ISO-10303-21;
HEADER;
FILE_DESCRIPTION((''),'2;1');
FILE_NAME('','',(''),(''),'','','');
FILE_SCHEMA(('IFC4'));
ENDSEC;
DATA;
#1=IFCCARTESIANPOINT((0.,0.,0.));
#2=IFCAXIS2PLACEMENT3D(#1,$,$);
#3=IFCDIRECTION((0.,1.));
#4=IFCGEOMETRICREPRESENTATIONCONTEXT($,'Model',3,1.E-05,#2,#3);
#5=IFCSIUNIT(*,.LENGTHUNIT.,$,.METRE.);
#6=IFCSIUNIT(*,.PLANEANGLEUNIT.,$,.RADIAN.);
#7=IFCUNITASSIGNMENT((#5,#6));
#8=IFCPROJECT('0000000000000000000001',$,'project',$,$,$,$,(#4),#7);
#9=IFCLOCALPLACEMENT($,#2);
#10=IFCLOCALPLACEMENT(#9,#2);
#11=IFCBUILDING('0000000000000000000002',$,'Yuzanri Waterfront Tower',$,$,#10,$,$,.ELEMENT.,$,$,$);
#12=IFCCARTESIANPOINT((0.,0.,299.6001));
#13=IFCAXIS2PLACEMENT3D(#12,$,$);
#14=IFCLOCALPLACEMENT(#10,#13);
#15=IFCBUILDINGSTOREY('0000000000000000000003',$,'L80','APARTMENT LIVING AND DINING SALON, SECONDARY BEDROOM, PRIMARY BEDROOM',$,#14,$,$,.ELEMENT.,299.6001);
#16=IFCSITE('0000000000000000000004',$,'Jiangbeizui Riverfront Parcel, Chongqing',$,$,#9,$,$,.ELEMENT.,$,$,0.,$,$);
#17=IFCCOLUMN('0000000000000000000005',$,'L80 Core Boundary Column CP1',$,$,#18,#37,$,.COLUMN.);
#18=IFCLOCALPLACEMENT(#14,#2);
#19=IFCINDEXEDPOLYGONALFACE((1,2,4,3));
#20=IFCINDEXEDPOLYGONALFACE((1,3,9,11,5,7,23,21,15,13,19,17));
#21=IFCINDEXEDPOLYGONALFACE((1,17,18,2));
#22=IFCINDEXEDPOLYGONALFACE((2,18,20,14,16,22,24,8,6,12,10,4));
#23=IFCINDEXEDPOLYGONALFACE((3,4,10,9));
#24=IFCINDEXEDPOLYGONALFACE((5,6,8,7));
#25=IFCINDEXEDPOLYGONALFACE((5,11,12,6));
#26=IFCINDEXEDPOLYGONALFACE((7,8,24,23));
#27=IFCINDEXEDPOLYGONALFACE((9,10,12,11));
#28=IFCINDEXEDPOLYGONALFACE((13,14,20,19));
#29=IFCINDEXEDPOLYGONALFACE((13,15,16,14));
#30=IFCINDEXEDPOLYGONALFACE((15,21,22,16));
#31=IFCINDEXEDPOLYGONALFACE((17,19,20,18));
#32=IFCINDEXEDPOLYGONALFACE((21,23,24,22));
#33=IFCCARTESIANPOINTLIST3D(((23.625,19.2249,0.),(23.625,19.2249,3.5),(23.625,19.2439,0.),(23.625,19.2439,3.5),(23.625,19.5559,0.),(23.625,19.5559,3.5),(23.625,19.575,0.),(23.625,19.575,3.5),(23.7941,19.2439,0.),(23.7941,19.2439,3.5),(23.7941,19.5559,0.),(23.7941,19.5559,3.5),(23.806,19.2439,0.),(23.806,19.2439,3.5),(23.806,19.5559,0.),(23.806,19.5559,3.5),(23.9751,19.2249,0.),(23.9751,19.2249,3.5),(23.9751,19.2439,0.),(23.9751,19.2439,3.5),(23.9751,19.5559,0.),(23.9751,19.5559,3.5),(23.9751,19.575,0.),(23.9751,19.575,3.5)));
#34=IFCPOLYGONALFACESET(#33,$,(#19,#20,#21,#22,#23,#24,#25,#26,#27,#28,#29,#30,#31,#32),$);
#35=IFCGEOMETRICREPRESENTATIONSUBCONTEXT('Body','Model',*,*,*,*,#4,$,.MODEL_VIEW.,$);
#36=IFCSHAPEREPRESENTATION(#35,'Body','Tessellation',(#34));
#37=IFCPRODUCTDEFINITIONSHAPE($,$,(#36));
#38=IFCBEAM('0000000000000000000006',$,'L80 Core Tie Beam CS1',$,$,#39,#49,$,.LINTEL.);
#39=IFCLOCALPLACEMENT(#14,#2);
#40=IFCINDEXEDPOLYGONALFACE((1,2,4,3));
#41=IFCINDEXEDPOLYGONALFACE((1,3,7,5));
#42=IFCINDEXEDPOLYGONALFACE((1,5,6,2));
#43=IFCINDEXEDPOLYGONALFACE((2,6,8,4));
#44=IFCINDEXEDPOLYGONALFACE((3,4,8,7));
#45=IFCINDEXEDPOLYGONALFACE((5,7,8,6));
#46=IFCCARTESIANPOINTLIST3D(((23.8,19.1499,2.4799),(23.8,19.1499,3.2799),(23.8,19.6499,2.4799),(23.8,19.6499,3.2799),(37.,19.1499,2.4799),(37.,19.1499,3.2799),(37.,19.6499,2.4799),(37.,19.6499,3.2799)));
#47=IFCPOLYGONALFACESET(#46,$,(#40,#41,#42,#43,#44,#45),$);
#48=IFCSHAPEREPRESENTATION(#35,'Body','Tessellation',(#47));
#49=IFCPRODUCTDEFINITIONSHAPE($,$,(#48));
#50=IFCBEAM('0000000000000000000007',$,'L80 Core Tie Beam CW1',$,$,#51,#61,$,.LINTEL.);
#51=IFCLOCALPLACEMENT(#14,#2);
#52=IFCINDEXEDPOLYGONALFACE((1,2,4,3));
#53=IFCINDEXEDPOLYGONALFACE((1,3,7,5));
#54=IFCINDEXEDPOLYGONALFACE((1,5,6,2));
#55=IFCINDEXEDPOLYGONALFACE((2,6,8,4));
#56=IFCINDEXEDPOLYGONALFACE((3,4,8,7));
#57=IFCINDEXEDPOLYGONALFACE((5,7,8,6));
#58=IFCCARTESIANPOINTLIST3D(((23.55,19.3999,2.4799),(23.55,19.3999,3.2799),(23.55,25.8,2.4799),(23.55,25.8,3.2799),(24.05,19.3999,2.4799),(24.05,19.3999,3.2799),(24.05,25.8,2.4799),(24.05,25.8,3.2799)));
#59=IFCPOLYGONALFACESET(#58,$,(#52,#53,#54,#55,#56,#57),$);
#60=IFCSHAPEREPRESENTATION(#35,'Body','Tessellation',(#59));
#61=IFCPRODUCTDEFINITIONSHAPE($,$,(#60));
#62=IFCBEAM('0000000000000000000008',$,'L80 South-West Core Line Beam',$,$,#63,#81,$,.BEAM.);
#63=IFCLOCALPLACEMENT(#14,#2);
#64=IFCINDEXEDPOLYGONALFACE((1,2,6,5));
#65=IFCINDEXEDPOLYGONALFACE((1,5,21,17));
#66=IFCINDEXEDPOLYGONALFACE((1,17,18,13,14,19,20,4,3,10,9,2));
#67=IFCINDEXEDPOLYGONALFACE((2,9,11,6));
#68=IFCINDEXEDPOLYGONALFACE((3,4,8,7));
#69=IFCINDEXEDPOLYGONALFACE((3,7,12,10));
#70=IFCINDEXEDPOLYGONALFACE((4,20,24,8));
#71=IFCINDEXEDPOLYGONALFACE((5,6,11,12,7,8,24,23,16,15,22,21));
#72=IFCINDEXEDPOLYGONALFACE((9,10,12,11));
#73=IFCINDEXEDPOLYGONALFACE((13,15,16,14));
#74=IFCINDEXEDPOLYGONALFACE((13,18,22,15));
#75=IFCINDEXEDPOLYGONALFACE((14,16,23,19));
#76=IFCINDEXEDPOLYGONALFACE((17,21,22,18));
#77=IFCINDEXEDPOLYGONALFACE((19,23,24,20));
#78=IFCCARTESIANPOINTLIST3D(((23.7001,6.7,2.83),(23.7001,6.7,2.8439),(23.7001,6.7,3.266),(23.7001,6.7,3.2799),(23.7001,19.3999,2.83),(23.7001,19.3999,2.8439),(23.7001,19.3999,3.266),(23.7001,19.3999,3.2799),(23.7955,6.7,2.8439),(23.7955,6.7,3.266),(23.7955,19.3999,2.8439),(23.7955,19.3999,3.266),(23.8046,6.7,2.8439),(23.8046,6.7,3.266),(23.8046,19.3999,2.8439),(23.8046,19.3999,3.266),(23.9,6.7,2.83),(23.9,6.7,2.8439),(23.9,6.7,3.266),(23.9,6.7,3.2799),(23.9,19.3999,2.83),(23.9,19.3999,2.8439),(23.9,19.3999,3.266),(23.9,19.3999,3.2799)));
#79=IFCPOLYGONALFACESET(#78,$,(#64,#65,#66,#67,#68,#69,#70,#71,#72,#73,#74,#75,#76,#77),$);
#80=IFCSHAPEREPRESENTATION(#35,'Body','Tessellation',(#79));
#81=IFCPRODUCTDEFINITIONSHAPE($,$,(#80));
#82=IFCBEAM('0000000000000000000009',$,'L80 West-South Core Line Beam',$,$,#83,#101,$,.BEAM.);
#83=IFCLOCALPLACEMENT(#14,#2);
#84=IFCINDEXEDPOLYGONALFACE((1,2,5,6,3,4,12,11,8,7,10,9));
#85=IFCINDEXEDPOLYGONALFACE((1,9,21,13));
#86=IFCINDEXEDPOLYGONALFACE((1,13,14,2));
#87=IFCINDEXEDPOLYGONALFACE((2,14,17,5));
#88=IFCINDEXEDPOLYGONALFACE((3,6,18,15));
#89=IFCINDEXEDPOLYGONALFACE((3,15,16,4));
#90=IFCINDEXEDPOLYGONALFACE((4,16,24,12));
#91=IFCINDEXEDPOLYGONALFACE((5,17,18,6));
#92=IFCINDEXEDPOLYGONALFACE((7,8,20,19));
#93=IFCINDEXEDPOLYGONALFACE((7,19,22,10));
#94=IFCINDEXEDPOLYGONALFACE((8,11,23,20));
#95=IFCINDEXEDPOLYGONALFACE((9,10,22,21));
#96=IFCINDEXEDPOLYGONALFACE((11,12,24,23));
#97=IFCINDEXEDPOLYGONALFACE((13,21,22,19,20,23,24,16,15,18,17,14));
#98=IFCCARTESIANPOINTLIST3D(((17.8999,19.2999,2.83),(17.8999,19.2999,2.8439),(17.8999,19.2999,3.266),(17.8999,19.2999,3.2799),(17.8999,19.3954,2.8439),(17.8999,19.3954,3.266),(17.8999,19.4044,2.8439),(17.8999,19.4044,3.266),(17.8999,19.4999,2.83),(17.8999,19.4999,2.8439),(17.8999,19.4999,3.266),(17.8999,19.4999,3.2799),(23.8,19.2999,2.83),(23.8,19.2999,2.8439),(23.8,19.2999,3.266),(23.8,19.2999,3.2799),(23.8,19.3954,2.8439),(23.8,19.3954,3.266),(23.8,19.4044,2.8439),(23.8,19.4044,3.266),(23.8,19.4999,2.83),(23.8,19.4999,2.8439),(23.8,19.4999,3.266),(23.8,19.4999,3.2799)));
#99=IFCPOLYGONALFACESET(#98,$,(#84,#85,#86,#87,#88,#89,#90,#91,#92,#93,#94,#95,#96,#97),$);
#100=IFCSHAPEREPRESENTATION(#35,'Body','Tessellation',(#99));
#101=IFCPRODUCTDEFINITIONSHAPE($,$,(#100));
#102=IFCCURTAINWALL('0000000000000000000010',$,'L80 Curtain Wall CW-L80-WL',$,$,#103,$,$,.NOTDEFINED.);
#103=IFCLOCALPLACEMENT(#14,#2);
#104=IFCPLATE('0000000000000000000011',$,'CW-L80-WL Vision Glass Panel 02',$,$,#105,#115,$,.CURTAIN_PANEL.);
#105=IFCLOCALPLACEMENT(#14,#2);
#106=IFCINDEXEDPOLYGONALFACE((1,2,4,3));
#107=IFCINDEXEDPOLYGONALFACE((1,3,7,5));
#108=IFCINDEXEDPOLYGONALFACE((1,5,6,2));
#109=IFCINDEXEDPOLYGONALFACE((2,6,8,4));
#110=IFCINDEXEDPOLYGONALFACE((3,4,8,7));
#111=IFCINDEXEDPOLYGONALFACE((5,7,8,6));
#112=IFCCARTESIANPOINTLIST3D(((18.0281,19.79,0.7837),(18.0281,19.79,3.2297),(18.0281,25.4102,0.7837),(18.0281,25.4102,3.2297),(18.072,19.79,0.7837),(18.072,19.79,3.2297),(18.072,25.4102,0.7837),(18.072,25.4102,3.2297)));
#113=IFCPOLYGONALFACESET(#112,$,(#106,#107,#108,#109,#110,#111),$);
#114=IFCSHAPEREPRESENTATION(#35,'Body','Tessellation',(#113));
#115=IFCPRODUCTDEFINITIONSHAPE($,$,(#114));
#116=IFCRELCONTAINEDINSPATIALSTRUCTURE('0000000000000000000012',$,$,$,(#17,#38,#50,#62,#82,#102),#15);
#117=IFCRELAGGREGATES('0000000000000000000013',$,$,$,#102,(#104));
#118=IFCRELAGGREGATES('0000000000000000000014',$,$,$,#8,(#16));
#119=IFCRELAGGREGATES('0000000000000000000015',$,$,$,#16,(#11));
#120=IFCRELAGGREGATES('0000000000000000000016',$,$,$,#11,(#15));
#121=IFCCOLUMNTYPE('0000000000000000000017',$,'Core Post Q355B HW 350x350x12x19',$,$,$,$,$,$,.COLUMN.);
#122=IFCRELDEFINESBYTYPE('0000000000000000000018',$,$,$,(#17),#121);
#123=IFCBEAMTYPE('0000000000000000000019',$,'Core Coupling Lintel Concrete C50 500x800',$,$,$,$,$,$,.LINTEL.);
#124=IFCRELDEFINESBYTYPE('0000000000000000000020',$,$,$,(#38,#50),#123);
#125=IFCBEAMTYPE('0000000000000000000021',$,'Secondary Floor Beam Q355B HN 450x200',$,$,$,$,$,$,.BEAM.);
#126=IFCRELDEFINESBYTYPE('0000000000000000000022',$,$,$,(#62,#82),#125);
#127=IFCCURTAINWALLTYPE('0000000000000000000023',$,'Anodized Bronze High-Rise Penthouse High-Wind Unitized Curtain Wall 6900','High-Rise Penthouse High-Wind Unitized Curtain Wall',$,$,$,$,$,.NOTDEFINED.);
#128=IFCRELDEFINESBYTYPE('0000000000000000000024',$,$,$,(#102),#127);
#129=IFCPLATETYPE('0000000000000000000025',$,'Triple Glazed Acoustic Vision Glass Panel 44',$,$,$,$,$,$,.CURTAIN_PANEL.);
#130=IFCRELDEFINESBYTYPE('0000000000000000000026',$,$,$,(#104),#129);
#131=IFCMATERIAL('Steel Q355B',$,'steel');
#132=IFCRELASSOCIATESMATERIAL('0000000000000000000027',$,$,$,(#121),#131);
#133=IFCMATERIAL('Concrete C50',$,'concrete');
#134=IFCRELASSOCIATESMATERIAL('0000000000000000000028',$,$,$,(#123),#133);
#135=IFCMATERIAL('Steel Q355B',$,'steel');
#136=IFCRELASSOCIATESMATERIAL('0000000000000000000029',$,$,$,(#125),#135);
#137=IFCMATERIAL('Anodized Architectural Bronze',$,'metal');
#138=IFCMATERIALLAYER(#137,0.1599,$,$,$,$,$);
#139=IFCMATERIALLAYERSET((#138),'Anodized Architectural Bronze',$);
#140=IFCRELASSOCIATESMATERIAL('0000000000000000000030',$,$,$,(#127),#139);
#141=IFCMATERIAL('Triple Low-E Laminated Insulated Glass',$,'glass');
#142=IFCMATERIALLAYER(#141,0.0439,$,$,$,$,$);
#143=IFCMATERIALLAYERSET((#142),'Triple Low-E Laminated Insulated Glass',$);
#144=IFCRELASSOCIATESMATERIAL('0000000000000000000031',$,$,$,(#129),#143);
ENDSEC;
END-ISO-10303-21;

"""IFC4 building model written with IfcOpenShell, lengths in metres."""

from ifc_helpers import new_model, si_unit, direction, frame, origin, origin_2d, place, context, subcontext, project, spatial, rectangle, i_section, extrude, source, transform, mapped, material, layer, layer_set, material_profile, profile_set, type_object, element, aggregate, save


model = new_model("IFC4")

# Units and contexts
model_context = context("Model", 3, precision=1e-05, world=origin(), true_north=direction((0.0, 1.0)))
body_context = subcontext(model_context, "Body", "Model", "MODEL_VIEW")
ifc_project = project(units=[si_unit("LENGTHUNIT", "METRE"), si_unit("PLANEANGLEUNIT", "RADIAN")], contexts=[model_context])

# Site, building, storey
site_placement = place(None, origin())
site = spatial("IfcSite", under=ifc_project, at=site_placement, Name="Jiangbeizui Riverfront Parcel, Chongqing", CompositionType="ELEMENT", RefElevation=0.0)
building_placement = place(site_placement, origin())
building = spatial("IfcBuilding", under=site, at=building_placement, Name="Yuzanri Waterfront Tower", CompositionType="ELEMENT")
storey_placement = place(building_placement, frame((0.0, 0.0, 299.6001)))
storey = spatial("IfcBuildingStorey", under=building, at=storey_placement, Name="L80", Description="APARTMENT LIVING AND DINING SALON, SECONDARY BEDROOM, PRIMARY BEDROOM", CompositionType="ELEMENT", Elevation=299.6001)

# Column
ifc_material_1 = material(Name="Steel Q355B", Category="steel")
ifc_material_profile_1 = material_profile(ifc_material_1, i_section(OverallWidth=0.3501, OverallDepth=0.3501, WebThickness=0.012, FlangeThickness=0.019, at=origin_2d()), Name="HW 350x350x12x19")
ifc_profile_set_1 = profile_set([ifc_material_profile_1], Name="Steel Q355B")
column_type = type_object("IfcColumnType", Name="Core Post Q355B HW 350x350x12x19", PredefinedType="COLUMN", material=ifc_profile_set_1)
shared_shape_1 = source(origin(), body_context, "Body", "SweptSolid", [
    extrude(i_section(OverallWidth=0.3501, OverallDepth=0.3501, WebThickness=0.012, FlangeThickness=0.019, at=origin_2d()), origin(), (0.0, 0.0, 1.0), 3.5),
])
column_placement = place(storey_placement, frame((23.8, 19.3999, 0.0), z_axis=(0.0, 0.0, 1.0), x_axis=(1.0, 0.0, 0.0)))
element("IfcColumn", 1, at=column_placement, inside=storey, type_object=column_type, Name="L80 Core Boundary Column CP1", PredefinedType="COLUMN", context=body_context, shape_type="MappedRepresentation", body=[
    mapped(shared_shape_1, transform((0.0, 0.0, 0.0), scale=1.0)),
])

# Beams
ifc_material_2 = material(Name="Concrete C50", Category="concrete")
ifc_material_profile_2 = material_profile(ifc_material_2, rectangle(XDim=0.5, YDim=0.8, at=origin_2d()), Name="RC 500x800")
ifc_profile_set_2 = profile_set([ifc_material_profile_2], Name="Concrete C50")
beam_type_1 = type_object("IfcBeamType", Name="Core Coupling Lintel Concrete C50 500x800", PredefinedType="LINTEL", material=ifc_profile_set_2)
shared_shape_2 = source(origin(), body_context, "Body", "SweptSolid", [
    extrude(rectangle(XDim=0.5, YDim=0.8, at=origin_2d()), origin(), (0.0, 0.0, 1.0), 13.2),
])
beam_1_placement = place(storey_placement, frame((23.8, 19.3999, 2.8799), z_axis=(1.0, 0.0, 0.0), x_axis=(0.0, 1.0, 0.0)))
element("IfcBeam", 2, at=beam_1_placement, inside=storey, type_object=beam_type_1, Name="L80 Core Tie Beam CS1", PredefinedType="LINTEL", context=body_context, shape_type="MappedRepresentation", body=[
    mapped(shared_shape_2, transform((0.0, 0.0, 0.0), scale=1.0)),
])
shared_shape_3 = source(origin(), body_context, "Body", "SweptSolid", [
    extrude(rectangle(XDim=0.5, YDim=0.8, at=origin_2d()), origin(), (0.0, 0.0, 1.0), 6.4001),
])
beam_2_placement = place(storey_placement, frame((23.8, 19.3999, 2.8799), z_axis=(0.0, 1.0, 0.0), x_axis=(-1.0, 0.0, 0.0)))
element("IfcBeam", 3, at=beam_2_placement, inside=storey, type_object=beam_type_1, Name="L80 Core Tie Beam CW1", PredefinedType="LINTEL", context=body_context, shape_type="MappedRepresentation", body=[
    mapped(shared_shape_3, transform((0.0, 0.0, 0.0), scale=1.0)),
])
ifc_material_3 = material(Name="Steel Q355B", Category="steel")
ifc_material_profile_3 = material_profile(ifc_material_3, i_section(OverallWidth=0.2, OverallDepth=0.45, WebThickness=0.009, FlangeThickness=0.0139, at=origin_2d()), Name="HN 450x200x9x14")
ifc_profile_set_3 = profile_set([ifc_material_profile_3], Name="Steel Q355B")
beam_type_2 = type_object("IfcBeamType", Name="Secondary Floor Beam Q355B HN 450x200", PredefinedType="BEAM", material=ifc_profile_set_3)
shared_shape_4 = source(origin(), body_context, "Body", "SweptSolid", [
    extrude(i_section(OverallWidth=0.2, OverallDepth=0.45, WebThickness=0.009, FlangeThickness=0.0139, at=origin_2d()), origin(), (0.0, 0.0, 1.0), 12.7),
])
beam_3_placement = place(storey_placement, frame((23.8, 19.3999, 3.0549), z_axis=(0.0, -1.0, 0.0), x_axis=(1.0, 0.0, 0.0)))
element("IfcBeam", 4, at=beam_3_placement, inside=storey, type_object=beam_type_2, Name="L80 South-West Core Line Beam", PredefinedType="BEAM", context=body_context, shape_type="MappedRepresentation", body=[
    mapped(shared_shape_4, transform((0.0, 0.0, 0.0), scale=1.0)),
])
shared_shape_5 = source(origin(), body_context, "Body", "SweptSolid", [
    extrude(i_section(OverallWidth=0.2, OverallDepth=0.45, WebThickness=0.009, FlangeThickness=0.0139, at=origin_2d()), origin(), (0.0, 0.0, 1.0), 5.9001),
])
beam_4_placement = place(storey_placement, frame((23.8, 19.3999, 3.0549), z_axis=(-1.0, 0.0, 0.0), x_axis=(0.0, -1.0, 0.0)))
element("IfcBeam", 5, at=beam_4_placement, inside=storey, type_object=beam_type_2, Name="L80 West-South Core Line Beam", PredefinedType="BEAM", context=body_context, shape_type="MappedRepresentation", body=[
    mapped(shared_shape_5, transform((0.0, 0.0, 0.0), scale=1.0)),
])

# Curtain wall, plate
ifc_material_4 = material(Name="Anodized Architectural Bronze", Category="metal")
ifc_layer_1 = layer(ifc_material_4, 0.1599)
ifc_layer_set_1 = layer_set([ifc_layer_1], Name="Anodized Architectural Bronze")
curtain_wall_type = type_object("IfcCurtainWallType", Name="Anodized Bronze High-Rise Penthouse High-Wind Unitized Curtain Wall 6900", Description="High-Rise Penthouse High-Wind Unitized Curtain Wall", PredefinedType="NOTDEFINED", material=ifc_layer_set_1)
curtain_wall_placement = place(storey_placement, origin())
curtain_wall = element("IfcCurtainWall", 6, at=curtain_wall_placement, inside=storey, type_object=curtain_wall_type, Name="L80 Curtain Wall CW-L80-WL", PredefinedType="NOTDEFINED")
ifc_material_5 = material(Name="Triple Low-E Laminated Insulated Glass", Category="glass")
ifc_layer_2 = layer(ifc_material_5, 0.0439)
ifc_layer_set_2 = layer_set([ifc_layer_2], Name="Triple Low-E Laminated Insulated Glass")
plate_type = type_object("IfcPlateType", Name="Triple Glazed Acoustic Vision Glass Panel 44", PredefinedType="CURTAIN_PANEL", material=ifc_layer_set_2)
shared_shape_6 = source(origin(), body_context, "Body", "SweptSolid", [
    extrude(rectangle(XDim=5.6201, YDim=0.0439, at=origin_2d()), origin(), (0.0, 0.0, 1.0), 2.446),
])
plate_placement = place(storey_placement, frame((18.05, 22.6001, 0.7837), z_axis=(0.0, 0.0, 1.0), x_axis=(0.0, 1.0, 0.0)))
plate = element("IfcPlate", 7, at=plate_placement, type_object=plate_type, Name="CW-L80-WL Vision Glass Panel 02", PredefinedType="CURTAIN_PANEL", context=body_context, shape_type="MappedRepresentation", body=[
    mapped(shared_shape_6, transform((0.0, 0.0, 0.0), scale=1.0)),
])
aggregate(curtain_wall, [plate])

save(model, "model.ifc")
